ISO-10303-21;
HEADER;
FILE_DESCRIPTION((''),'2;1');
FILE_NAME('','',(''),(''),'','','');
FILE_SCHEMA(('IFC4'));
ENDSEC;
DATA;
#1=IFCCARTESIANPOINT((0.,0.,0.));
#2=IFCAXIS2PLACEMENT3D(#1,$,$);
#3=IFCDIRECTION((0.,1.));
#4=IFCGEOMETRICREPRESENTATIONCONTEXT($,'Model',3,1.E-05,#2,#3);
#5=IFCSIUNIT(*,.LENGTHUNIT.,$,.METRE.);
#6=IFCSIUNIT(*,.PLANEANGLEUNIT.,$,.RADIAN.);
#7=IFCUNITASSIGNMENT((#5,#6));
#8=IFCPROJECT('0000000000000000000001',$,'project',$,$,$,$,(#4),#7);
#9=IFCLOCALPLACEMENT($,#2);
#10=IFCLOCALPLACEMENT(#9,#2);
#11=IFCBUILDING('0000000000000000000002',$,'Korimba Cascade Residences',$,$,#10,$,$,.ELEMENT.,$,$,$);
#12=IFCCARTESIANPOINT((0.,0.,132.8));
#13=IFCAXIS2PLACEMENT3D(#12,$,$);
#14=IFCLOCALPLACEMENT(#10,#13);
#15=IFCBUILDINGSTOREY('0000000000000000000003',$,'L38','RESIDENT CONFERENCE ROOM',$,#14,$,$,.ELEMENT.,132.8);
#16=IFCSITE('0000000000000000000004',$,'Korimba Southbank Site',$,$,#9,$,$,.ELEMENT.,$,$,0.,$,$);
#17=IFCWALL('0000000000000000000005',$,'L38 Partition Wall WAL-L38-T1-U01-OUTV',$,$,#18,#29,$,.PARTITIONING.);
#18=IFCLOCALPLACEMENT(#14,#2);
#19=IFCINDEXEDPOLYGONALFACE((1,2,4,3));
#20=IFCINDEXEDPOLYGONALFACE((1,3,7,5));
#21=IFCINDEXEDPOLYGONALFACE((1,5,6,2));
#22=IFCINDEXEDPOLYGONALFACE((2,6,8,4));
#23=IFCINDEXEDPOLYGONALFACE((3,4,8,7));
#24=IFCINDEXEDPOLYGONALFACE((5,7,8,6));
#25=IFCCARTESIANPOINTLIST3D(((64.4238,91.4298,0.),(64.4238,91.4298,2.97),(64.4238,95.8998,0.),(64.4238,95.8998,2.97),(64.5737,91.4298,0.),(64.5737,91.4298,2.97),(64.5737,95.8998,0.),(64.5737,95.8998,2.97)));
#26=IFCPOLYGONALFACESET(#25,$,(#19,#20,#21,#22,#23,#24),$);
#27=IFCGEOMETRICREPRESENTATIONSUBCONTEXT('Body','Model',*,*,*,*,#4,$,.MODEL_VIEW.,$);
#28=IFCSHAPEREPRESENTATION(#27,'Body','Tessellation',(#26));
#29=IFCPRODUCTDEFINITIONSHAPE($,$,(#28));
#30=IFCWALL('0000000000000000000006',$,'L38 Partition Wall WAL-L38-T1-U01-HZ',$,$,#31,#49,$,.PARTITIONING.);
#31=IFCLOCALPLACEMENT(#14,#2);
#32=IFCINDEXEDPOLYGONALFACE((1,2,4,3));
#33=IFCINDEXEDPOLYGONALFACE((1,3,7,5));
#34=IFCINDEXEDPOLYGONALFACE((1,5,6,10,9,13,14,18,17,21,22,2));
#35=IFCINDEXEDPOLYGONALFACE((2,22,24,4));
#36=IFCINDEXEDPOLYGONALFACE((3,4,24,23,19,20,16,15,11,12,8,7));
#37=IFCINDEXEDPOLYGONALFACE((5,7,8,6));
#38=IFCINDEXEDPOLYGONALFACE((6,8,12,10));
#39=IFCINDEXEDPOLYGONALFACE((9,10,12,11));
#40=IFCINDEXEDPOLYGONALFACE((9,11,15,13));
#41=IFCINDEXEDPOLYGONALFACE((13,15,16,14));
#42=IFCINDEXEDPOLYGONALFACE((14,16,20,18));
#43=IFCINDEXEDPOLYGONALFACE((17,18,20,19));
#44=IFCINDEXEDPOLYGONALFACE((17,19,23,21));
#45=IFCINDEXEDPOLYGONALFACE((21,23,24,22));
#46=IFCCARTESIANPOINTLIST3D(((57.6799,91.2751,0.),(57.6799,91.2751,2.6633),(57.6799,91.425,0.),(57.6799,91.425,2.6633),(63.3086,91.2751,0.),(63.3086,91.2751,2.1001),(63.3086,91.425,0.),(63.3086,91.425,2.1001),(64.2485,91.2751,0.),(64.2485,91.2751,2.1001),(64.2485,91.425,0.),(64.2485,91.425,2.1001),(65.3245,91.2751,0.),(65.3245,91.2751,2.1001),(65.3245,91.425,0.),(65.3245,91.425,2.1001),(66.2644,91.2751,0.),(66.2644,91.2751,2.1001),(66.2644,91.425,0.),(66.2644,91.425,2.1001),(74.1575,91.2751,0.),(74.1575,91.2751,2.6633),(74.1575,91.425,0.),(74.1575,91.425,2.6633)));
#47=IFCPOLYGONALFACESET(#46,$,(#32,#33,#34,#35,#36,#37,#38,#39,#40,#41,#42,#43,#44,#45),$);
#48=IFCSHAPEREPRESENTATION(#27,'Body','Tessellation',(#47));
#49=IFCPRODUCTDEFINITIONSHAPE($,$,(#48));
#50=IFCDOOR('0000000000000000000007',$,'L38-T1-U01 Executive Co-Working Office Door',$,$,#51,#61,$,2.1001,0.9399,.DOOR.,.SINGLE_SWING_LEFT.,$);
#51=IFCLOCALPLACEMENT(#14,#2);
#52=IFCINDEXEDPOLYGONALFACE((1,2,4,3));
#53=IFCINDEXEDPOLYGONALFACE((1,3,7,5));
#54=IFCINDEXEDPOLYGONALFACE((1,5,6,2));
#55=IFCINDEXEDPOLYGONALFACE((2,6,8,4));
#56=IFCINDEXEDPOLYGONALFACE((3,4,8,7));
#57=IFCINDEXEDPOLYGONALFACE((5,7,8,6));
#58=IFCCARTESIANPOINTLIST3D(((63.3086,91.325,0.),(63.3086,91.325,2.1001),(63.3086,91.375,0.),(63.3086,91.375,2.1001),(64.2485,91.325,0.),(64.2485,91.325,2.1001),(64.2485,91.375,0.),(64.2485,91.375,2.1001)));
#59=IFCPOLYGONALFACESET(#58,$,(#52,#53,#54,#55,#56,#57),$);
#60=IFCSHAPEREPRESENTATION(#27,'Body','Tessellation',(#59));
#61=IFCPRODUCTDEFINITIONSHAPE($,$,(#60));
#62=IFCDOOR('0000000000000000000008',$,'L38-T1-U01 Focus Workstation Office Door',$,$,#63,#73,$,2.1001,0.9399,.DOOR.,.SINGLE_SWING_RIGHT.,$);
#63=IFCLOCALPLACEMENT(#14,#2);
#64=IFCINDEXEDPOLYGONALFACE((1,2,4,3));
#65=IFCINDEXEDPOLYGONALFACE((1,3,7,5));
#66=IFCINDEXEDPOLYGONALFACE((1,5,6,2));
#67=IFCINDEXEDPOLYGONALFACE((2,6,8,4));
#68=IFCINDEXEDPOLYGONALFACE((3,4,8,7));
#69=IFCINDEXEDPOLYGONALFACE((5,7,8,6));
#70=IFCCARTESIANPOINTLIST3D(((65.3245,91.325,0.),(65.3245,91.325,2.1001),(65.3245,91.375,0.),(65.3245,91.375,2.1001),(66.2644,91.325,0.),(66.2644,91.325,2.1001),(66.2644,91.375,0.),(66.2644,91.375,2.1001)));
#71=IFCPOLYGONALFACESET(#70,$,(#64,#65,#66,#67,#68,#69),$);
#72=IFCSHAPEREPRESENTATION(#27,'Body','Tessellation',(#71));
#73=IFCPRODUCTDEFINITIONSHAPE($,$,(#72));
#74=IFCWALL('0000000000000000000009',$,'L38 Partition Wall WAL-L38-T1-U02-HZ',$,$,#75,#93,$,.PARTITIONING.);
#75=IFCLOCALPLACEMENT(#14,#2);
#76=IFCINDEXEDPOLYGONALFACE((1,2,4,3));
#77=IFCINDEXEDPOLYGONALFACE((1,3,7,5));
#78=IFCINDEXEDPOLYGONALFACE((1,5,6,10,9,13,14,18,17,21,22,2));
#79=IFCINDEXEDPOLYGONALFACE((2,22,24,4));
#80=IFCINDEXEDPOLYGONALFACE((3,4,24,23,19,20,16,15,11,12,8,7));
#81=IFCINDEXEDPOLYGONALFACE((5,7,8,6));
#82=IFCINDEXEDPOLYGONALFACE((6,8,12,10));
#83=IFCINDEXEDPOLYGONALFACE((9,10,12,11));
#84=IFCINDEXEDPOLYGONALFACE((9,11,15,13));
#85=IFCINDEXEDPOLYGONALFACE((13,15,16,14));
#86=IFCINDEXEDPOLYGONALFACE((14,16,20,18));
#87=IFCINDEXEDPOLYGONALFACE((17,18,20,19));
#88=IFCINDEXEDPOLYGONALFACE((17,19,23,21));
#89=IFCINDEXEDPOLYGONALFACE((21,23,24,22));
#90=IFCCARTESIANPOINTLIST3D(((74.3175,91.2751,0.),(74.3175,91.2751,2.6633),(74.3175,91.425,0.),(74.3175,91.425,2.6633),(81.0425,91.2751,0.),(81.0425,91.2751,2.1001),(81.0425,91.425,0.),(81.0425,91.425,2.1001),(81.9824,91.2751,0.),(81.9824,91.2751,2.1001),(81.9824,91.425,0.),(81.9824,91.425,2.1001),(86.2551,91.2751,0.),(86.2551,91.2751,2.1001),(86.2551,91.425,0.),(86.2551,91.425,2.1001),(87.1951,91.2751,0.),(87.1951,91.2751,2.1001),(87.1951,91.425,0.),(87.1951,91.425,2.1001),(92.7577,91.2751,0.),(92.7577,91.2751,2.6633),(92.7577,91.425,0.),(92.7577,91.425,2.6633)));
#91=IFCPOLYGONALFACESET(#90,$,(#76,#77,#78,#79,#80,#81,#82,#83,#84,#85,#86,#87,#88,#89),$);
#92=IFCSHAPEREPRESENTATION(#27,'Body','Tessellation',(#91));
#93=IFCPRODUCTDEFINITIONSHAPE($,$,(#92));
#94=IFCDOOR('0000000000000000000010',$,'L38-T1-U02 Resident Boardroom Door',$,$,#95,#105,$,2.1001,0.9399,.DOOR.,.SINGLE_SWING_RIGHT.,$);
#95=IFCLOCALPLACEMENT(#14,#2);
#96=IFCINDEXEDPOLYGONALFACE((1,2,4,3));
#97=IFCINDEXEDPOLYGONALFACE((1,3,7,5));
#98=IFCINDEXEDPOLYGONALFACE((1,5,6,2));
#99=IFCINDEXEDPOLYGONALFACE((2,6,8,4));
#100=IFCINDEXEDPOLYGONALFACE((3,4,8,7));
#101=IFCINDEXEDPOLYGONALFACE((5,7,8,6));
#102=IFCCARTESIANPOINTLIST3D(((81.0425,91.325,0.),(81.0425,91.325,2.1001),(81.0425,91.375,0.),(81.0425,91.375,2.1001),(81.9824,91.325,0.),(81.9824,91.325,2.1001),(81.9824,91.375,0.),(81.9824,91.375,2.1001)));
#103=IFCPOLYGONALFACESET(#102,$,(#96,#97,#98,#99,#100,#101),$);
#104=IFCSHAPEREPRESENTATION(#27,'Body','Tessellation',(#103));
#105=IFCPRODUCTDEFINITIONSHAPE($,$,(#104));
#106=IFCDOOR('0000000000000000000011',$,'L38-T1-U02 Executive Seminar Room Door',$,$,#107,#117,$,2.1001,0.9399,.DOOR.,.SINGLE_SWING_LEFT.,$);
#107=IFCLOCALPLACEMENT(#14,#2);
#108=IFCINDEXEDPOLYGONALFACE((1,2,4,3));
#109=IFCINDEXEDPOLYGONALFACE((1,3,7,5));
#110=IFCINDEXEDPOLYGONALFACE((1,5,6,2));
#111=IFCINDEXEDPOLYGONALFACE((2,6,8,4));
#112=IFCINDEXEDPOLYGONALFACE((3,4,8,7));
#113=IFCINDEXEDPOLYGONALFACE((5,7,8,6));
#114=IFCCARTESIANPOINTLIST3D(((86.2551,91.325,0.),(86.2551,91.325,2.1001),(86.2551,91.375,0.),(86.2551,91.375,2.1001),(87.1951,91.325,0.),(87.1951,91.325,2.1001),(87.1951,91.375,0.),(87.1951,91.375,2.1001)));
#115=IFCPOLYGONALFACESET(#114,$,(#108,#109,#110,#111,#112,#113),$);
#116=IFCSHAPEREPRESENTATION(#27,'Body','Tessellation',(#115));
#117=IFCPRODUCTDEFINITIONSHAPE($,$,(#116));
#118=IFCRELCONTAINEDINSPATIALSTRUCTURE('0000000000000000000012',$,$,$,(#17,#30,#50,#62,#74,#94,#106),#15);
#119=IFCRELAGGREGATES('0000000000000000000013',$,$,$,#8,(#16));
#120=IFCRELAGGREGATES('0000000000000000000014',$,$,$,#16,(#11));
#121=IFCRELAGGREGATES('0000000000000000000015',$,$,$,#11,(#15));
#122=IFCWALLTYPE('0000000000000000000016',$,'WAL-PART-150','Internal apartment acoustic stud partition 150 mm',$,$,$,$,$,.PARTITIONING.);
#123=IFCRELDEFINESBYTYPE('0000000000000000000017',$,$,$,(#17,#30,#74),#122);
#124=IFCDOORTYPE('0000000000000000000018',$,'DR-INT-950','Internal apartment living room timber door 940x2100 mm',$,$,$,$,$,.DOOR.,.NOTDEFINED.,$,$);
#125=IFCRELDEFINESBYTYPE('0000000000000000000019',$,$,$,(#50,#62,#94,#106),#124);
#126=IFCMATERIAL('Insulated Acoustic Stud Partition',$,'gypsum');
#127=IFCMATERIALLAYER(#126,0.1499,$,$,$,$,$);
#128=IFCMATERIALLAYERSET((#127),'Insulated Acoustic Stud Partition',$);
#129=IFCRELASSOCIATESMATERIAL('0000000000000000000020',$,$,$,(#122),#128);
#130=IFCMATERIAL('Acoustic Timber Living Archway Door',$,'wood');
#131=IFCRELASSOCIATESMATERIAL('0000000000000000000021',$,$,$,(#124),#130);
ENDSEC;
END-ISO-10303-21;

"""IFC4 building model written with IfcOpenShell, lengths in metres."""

from ifc_helpers import new_model, si_unit, direction, frame, frame_2d, origin, place, context, subcontext, project, spatial, rectangle, extrude, material, layer, layer_set, type_object, element, fill, save


model = new_model("IFC4")

# Units and contexts
model_context = context("Model", 3, precision=1e-05, world=origin(), true_north=direction((0.0, 1.0)))
body_context = subcontext(model_context, "Body", "Model", "MODEL_VIEW")
ifc_project = project(units=[si_unit("LENGTHUNIT", "METRE"), si_unit("PLANEANGLEUNIT", "RADIAN")], contexts=[model_context])

# Site, building, storey
site_placement = place(None, origin())
site = spatial("IfcSite", under=ifc_project, at=site_placement, Name="Korimba Southbank Site", CompositionType="ELEMENT", RefElevation=0.0)
building_placement = place(site_placement, origin())
building = spatial("IfcBuilding", under=site, at=building_placement, Name="Korimba Cascade Residences", CompositionType="ELEMENT")
storey_placement = place(building_placement, frame((0.0, 0.0, 132.8)))
storey = spatial("IfcBuildingStorey", under=building, at=storey_placement, Name="L38", Description="RESIDENT CONFERENCE ROOM", CompositionType="ELEMENT", Elevation=132.8)

# Wall
ifc_material_1 = material(Name="Insulated Acoustic Stud Partition", Category="gypsum")
ifc_layer_1 = layer(ifc_material_1, 0.1499)
ifc_layer_set_1 = layer_set([ifc_layer_1], Name="Insulated Acoustic Stud Partition")
wall_type_1 = type_object("IfcWallType", Name="WAL-PART-150", Description="Internal apartment acoustic stud partition 150 mm", PredefinedType="PARTITIONING", material=ifc_layer_set_1)
wall_1_placement = place(storey_placement, frame((64.4988, 91.4299, 0.0), z_axis=(0.0, 0.0, 1.0), x_axis=(0.0, 1.0, 0.0)))
element("IfcWall", 1, at=wall_1_placement, inside=storey, type_object=wall_type_1, Name="L38 Partition Wall WAL-L38-T1-U01-OUTV", PredefinedType="PARTITIONING", context=body_context, shape_type="SweptSolid", body=[
    extrude(rectangle(XDim=4.47, YDim=0.1499, at=frame_2d((2.2349, 0.0))), origin(), (0.0, 0.0, 1.0), 2.97),
])

# Walls, openings, doors
wall_2_placement = place(storey_placement, frame((57.6799, 91.3501, 0.0), z_axis=(0.0, 0.0, 1.0), x_axis=(1.0, 0.0, 0.0)))
wall_2 = element("IfcWall", 2, at=wall_2_placement, inside=storey, type_object=wall_type_1, Name="L38 Partition Wall WAL-L38-T1-U01-HZ", PredefinedType="PARTITIONING", context=body_context, shape_type="SweptSolid", body=[
    extrude(rectangle(XDim=16.4775, YDim=0.1499, at=frame_2d((8.2388, 0.0))), origin(), (0.0, 0.0, 1.0), 2.6633),
])
opening_1_placement = place(wall_2_placement, frame((5.6287, 0.0, 0.0)))
opening_1 = element("IfcOpeningElement", 3, at=opening_1_placement, cuts=wall_2, PredefinedType="OPENING", context=body_context, shape_type="SweptSolid", body=[
    extrude(rectangle(XDim=0.9399, YDim=2.1001, at=frame_2d((0.47, 1.05))), frame((0.0, 0.085, 0.0), z_axis=(0.0, -1.0, 0.0), x_axis=(1.0, 0.0, 0.0)), (0.0, 0.0, 1.0), 0.1699),
])
opening_2_placement = place(wall_2_placement, frame((7.6445, 0.0, 0.0)))
opening_2 = element("IfcOpeningElement", 4, at=opening_2_placement, cuts=wall_2, PredefinedType="OPENING", context=body_context, shape_type="SweptSolid", body=[
    extrude(rectangle(XDim=0.9399, YDim=2.1001, at=frame_2d((0.47, 1.05))), frame((0.0, 0.085, 0.0), z_axis=(0.0, -1.0, 0.0), x_axis=(1.0, 0.0, 0.0)), (0.0, 0.0, 1.0), 0.1699),
])
ifc_material_2 = material(Name="Acoustic Timber Living Archway Door", Category="wood")
door_type = type_object("IfcDoorType", Name="DR-INT-950", Description="Internal apartment living room timber door 940x2100 mm", OperationType="NOTDEFINED", PredefinedType="DOOR", material=ifc_material_2)
door_1_placement = place(opening_1_placement, origin())
door_1 = element("IfcDoor", 5, at=door_1_placement, inside=storey, type_object=door_type, Name="L38-T1-U01 Executive Co-Working Office Door", OperationType="SINGLE_SWING_LEFT", OverallHeight=2.1001, OverallWidth=0.9399, PredefinedType="DOOR", context=body_context, shape_type="SweptSolid", body=[
    extrude(rectangle(XDim=0.9399, YDim=2.1001, at=frame_2d((0.47, 1.05))), frame((0.0, 0.0249, 0.0), z_axis=(0.0, -1.0, 0.0), x_axis=(1.0, 0.0, 0.0)), (0.0, 0.0, 1.0), 0.05),
])
fill(opening_1, door_1)
door_2_placement = place(opening_2_placement, origin())
door_2 = element("IfcDoor", 6, at=door_2_placement, inside=storey, type_object=door_type, Name="L38-T1-U01 Focus Workstation Office Door", OperationType="SINGLE_SWING_RIGHT", OverallHeight=2.1001, OverallWidth=0.9399, PredefinedType="DOOR", context=body_context, shape_type="SweptSolid", body=[
    extrude(rectangle(XDim=0.9399, YDim=2.1001, at=frame_2d((0.47, 1.05))), frame((0.0, 0.0249, 0.0), z_axis=(0.0, -1.0, 0.0), x_axis=(1.0, 0.0, 0.0)), (0.0, 0.0, 1.0), 0.05),
])
fill(opening_2, door_2)
wall_3_placement = place(storey_placement, frame((74.3174, 91.3501, 0.0), z_axis=(0.0, 0.0, 1.0), x_axis=(1.0, 0.0, 0.0)))
wall_3 = element("IfcWall", 7, at=wall_3_placement, inside=storey, type_object=wall_type_1, Name="L38 Partition Wall WAL-L38-T1-U02-HZ", PredefinedType="PARTITIONING", context=body_context, shape_type="SweptSolid", body=[
    extrude(rectangle(XDim=18.4402, YDim=0.1499, at=frame_2d((9.2202, 0.0))), origin(), (0.0, 0.0, 1.0), 2.6633),
])
opening_3_placement = place(wall_3_placement, frame((6.7251, 0.0, 0.0)))
opening_3 = element("IfcOpeningElement", 8, at=opening_3_placement, cuts=wall_3, PredefinedType="OPENING", context=body_context, shape_type="SweptSolid", body=[
    extrude(rectangle(XDim=0.9399, YDim=2.1001, at=frame_2d((0.47, 1.05))), frame((0.0, 0.085, 0.0), z_axis=(0.0, -1.0, 0.0), x_axis=(1.0, 0.0, 0.0)), (0.0, 0.0, 1.0), 0.1699),
])
opening_4_placement = place(wall_3_placement, frame((11.9377, 0.0, 0.0)))
opening_4 = element("IfcOpeningElement", 9, at=opening_4_placement, cuts=wall_3, PredefinedType="OPENING", context=body_context, shape_type="SweptSolid", body=[
    extrude(rectangle(XDim=0.9399, YDim=2.1001, at=frame_2d((0.47, 1.05))), frame((0.0, 0.085, 0.0), z_axis=(0.0, -1.0, 0.0), x_axis=(1.0, 0.0, 0.0)), (0.0, 0.0, 1.0), 0.1699),
])
door_3_placement = place(opening_3_placement, origin())
door_3 = element("IfcDoor", 10, at=door_3_placement, inside=storey, type_object=door_type, Name="L38-T1-U02 Resident Boardroom Door", OperationType="SINGLE_SWING_RIGHT", OverallHeight=2.1001, OverallWidth=0.9399, PredefinedType="DOOR", context=body_context, shape_type="SweptSolid", body=[
    extrude(rectangle(XDim=0.9399, YDim=2.1001, at=frame_2d((0.47, 1.05))), frame((0.0, 0.0249, 0.0), z_axis=(0.0, -1.0, 0.0), x_axis=(1.0, 0.0, 0.0)), (0.0, 0.0, 1.0), 0.05),
])
fill(opening_3, door_3)
door_4_placement = place(opening_4_placement, origin())
door_4 = element("IfcDoor", 11, at=door_4_placement, inside=storey, type_object=door_type, Name="L38-T1-U02 Executive Seminar Room Door", OperationType="SINGLE_SWING_LEFT", OverallHeight=2.1001, OverallWidth=0.9399, PredefinedType="DOOR", context=body_context, shape_type="SweptSolid", body=[
    extrude(rectangle(XDim=0.9399, YDim=2.1001, at=frame_2d((0.47, 1.05))), frame((0.0, 0.0249, 0.0), z_axis=(0.0, -1.0, 0.0), x_axis=(1.0, 0.0, 0.0)), (0.0, 0.0, 1.0), 0.05),
])
fill(opening_4, door_4)

save(model, "model.ifc")
